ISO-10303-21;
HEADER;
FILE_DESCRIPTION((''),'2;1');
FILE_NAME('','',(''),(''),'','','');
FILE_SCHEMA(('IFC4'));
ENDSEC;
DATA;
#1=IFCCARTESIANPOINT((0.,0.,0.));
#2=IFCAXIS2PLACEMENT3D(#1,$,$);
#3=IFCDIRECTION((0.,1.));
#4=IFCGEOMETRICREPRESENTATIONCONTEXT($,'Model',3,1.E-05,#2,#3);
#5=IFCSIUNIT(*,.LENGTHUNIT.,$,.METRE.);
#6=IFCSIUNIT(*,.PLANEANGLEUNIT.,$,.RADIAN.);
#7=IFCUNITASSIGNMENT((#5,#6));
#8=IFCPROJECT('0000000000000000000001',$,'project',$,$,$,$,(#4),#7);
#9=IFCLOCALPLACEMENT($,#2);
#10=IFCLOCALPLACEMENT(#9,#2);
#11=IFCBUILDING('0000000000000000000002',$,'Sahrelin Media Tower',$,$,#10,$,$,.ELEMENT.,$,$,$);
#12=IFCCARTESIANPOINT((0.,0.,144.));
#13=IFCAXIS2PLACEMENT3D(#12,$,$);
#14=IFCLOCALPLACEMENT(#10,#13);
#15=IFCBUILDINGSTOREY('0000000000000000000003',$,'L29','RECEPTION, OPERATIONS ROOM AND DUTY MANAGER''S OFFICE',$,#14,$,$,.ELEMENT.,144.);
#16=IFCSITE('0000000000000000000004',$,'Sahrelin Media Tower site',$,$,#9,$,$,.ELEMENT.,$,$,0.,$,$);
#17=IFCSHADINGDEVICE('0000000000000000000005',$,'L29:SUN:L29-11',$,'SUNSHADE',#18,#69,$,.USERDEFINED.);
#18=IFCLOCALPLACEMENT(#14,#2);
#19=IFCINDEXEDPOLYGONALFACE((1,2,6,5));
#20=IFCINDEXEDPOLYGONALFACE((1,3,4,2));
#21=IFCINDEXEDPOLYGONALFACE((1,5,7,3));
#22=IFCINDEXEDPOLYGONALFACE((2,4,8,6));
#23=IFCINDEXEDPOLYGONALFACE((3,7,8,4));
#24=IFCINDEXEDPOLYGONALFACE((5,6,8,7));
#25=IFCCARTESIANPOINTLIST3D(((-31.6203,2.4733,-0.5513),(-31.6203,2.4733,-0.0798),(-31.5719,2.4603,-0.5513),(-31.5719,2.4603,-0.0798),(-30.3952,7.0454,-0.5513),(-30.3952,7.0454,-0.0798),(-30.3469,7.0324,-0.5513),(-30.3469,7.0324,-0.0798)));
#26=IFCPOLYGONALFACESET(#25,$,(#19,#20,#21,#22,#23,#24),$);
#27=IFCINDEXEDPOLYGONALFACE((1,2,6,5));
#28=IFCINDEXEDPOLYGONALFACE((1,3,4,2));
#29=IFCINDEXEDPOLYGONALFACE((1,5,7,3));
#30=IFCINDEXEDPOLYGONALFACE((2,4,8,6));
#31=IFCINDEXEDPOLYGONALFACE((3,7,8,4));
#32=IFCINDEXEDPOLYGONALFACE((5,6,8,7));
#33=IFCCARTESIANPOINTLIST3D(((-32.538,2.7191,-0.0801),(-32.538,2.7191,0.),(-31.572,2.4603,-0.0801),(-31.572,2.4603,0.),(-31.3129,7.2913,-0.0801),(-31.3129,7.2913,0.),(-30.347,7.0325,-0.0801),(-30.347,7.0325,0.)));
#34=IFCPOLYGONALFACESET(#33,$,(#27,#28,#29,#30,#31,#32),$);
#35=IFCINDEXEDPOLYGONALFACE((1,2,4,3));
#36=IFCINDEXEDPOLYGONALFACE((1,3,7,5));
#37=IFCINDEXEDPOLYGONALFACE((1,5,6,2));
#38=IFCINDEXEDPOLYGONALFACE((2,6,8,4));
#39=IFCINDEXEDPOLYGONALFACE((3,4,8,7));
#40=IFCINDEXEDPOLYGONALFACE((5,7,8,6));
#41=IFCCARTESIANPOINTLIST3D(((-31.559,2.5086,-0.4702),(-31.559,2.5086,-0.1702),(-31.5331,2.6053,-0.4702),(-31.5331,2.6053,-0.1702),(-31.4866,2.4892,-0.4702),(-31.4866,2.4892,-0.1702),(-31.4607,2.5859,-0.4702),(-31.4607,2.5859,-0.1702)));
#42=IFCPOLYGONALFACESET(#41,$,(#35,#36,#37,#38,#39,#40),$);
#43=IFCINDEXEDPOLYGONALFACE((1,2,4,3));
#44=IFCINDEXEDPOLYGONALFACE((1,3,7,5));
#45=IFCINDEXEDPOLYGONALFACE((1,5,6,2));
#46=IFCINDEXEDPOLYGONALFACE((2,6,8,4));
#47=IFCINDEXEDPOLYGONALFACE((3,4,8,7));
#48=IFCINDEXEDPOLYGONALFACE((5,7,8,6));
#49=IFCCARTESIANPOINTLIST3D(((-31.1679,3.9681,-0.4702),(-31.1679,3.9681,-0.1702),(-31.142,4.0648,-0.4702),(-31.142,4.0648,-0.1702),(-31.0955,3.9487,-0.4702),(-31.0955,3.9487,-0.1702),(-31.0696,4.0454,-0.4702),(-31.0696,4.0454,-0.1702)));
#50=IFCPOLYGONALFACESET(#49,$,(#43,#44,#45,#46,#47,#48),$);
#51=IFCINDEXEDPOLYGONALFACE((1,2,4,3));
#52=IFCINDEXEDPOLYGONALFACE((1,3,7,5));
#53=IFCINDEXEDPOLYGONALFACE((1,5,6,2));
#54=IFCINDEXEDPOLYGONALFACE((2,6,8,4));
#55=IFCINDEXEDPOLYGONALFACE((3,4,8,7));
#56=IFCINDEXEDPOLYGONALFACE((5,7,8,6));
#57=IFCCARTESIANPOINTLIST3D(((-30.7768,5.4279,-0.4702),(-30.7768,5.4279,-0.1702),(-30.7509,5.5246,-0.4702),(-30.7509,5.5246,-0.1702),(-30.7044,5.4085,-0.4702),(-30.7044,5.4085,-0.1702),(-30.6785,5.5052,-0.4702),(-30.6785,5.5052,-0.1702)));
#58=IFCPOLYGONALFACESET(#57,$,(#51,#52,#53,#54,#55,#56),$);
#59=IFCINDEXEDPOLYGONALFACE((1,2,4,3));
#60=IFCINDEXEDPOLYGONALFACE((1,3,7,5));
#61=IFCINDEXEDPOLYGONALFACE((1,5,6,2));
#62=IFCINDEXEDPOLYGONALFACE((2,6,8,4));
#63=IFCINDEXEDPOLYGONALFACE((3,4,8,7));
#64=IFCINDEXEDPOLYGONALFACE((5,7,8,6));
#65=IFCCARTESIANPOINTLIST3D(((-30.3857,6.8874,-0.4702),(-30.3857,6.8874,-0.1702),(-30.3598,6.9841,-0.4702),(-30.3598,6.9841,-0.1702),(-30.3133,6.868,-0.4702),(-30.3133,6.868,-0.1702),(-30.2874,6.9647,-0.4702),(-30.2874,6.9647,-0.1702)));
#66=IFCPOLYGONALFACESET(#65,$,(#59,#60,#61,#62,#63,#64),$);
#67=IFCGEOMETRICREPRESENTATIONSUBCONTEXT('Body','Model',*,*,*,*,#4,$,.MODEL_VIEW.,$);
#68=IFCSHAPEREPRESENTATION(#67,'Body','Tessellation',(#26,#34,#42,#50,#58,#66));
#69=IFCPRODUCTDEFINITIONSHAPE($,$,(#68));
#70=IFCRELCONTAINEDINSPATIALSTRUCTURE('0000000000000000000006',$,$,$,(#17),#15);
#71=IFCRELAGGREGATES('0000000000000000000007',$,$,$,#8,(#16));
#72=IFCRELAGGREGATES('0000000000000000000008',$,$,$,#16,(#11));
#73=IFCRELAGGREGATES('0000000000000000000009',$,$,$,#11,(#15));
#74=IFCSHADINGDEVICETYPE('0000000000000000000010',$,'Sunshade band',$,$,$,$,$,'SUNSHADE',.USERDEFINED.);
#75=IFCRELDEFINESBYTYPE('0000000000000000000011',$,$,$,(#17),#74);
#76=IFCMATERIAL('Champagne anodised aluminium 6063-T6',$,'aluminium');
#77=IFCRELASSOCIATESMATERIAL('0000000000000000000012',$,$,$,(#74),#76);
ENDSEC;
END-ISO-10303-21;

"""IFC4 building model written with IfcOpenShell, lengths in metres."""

from ifc_helpers import new_model, si_unit, direction, frame, origin, origin_2d, place, context, subcontext, project, spatial, rectangle, extrude, material, type_object, element, save


model = new_model("IFC4")

# Units and contexts
model_context = context("Model", 3, precision=1e-05, world=origin(), true_north=direction((0.0, 1.0)))
body_context = subcontext(model_context, "Body", "Model", "MODEL_VIEW")
ifc_project = project(units=[si_unit("LENGTHUNIT", "METRE"), si_unit("PLANEANGLEUNIT", "RADIAN")], contexts=[model_context])

# Site, building, storey
site_placement = place(None, origin())
site = spatial("IfcSite", under=ifc_project, at=site_placement, Name="Sahrelin Media Tower site", CompositionType="ELEMENT", RefElevation=0.0)
building_placement = place(site_placement, origin())
building = spatial("IfcBuilding", under=site, at=building_placement, Name="Sahrelin Media Tower", CompositionType="ELEMENT")
storey_placement = place(building_placement, frame((0.0, 0.0, 144.0)))
storey = spatial("IfcBuildingStorey", under=building, at=storey_placement, Name="L29", Description="RECEPTION, OPERATIONS ROOM AND DUTY MANAGER'S OFFICE", CompositionType="ELEMENT", Elevation=144.0)

# Shared definitions
ifc_material_1 = material(Name="Champagne anodised aluminium 6063-T6", Category="aluminium")

# Shading device
placement_1 = place(storey_placement, frame((-30.9402, 4.7412, 0.0), z_axis=(0.0, 0.0, 1.0), x_axis=(0.258808, 0.965929, 0.0)))
shading_device_type_1 = type_object("IfcShadingDeviceType", Name="Sunshade band", ElementType="SUNSHADE", PredefinedType="USERDEFINED", material=ifc_material_1)
element("IfcShadingDevice", 1, at=placement_1, inside=storey, type_object=shading_device_type_1, Name="L29:SUN:L29-11", ObjectType="SUNSHADE", PredefinedType="USERDEFINED", context=body_context, shape_type="SweptSolid", body=[
    extrude(rectangle(XDim=4.7334, YDim=0.05, at=origin_2d()), frame((0.0, 0.0449, -0.5513)), (0.0, 0.0, 1.0), 0.4714),
    extrude(rectangle(XDim=4.7334, YDim=1.0, at=origin_2d()), frame((0.0, 0.52, -0.0801)), (0.0, 0.0, 1.0), 0.0801),
    extrude(rectangle(XDim=0.1001, YDim=0.075, at=origin_2d()), frame((-2.2666, -0.0176, -0.4702)), (0.0, 0.0, 1.0), 0.3),
    extrude(rectangle(XDim=0.1001, YDim=0.075, at=origin_2d()), frame((-0.7556, -0.0176, -0.4702)), (0.0, 0.0, 1.0), 0.3),
    extrude(rectangle(XDim=0.1001, YDim=0.075, at=origin_2d()), frame((0.7556, -0.0176, -0.4702)), (0.0, 0.0, 1.0), 0.3),
    extrude(rectangle(XDim=0.1001, YDim=0.075, at=origin_2d()), frame((2.2666, -0.0176, -0.4702)), (0.0, 0.0, 1.0), 0.3),
])

save(model, "model.ifc")
